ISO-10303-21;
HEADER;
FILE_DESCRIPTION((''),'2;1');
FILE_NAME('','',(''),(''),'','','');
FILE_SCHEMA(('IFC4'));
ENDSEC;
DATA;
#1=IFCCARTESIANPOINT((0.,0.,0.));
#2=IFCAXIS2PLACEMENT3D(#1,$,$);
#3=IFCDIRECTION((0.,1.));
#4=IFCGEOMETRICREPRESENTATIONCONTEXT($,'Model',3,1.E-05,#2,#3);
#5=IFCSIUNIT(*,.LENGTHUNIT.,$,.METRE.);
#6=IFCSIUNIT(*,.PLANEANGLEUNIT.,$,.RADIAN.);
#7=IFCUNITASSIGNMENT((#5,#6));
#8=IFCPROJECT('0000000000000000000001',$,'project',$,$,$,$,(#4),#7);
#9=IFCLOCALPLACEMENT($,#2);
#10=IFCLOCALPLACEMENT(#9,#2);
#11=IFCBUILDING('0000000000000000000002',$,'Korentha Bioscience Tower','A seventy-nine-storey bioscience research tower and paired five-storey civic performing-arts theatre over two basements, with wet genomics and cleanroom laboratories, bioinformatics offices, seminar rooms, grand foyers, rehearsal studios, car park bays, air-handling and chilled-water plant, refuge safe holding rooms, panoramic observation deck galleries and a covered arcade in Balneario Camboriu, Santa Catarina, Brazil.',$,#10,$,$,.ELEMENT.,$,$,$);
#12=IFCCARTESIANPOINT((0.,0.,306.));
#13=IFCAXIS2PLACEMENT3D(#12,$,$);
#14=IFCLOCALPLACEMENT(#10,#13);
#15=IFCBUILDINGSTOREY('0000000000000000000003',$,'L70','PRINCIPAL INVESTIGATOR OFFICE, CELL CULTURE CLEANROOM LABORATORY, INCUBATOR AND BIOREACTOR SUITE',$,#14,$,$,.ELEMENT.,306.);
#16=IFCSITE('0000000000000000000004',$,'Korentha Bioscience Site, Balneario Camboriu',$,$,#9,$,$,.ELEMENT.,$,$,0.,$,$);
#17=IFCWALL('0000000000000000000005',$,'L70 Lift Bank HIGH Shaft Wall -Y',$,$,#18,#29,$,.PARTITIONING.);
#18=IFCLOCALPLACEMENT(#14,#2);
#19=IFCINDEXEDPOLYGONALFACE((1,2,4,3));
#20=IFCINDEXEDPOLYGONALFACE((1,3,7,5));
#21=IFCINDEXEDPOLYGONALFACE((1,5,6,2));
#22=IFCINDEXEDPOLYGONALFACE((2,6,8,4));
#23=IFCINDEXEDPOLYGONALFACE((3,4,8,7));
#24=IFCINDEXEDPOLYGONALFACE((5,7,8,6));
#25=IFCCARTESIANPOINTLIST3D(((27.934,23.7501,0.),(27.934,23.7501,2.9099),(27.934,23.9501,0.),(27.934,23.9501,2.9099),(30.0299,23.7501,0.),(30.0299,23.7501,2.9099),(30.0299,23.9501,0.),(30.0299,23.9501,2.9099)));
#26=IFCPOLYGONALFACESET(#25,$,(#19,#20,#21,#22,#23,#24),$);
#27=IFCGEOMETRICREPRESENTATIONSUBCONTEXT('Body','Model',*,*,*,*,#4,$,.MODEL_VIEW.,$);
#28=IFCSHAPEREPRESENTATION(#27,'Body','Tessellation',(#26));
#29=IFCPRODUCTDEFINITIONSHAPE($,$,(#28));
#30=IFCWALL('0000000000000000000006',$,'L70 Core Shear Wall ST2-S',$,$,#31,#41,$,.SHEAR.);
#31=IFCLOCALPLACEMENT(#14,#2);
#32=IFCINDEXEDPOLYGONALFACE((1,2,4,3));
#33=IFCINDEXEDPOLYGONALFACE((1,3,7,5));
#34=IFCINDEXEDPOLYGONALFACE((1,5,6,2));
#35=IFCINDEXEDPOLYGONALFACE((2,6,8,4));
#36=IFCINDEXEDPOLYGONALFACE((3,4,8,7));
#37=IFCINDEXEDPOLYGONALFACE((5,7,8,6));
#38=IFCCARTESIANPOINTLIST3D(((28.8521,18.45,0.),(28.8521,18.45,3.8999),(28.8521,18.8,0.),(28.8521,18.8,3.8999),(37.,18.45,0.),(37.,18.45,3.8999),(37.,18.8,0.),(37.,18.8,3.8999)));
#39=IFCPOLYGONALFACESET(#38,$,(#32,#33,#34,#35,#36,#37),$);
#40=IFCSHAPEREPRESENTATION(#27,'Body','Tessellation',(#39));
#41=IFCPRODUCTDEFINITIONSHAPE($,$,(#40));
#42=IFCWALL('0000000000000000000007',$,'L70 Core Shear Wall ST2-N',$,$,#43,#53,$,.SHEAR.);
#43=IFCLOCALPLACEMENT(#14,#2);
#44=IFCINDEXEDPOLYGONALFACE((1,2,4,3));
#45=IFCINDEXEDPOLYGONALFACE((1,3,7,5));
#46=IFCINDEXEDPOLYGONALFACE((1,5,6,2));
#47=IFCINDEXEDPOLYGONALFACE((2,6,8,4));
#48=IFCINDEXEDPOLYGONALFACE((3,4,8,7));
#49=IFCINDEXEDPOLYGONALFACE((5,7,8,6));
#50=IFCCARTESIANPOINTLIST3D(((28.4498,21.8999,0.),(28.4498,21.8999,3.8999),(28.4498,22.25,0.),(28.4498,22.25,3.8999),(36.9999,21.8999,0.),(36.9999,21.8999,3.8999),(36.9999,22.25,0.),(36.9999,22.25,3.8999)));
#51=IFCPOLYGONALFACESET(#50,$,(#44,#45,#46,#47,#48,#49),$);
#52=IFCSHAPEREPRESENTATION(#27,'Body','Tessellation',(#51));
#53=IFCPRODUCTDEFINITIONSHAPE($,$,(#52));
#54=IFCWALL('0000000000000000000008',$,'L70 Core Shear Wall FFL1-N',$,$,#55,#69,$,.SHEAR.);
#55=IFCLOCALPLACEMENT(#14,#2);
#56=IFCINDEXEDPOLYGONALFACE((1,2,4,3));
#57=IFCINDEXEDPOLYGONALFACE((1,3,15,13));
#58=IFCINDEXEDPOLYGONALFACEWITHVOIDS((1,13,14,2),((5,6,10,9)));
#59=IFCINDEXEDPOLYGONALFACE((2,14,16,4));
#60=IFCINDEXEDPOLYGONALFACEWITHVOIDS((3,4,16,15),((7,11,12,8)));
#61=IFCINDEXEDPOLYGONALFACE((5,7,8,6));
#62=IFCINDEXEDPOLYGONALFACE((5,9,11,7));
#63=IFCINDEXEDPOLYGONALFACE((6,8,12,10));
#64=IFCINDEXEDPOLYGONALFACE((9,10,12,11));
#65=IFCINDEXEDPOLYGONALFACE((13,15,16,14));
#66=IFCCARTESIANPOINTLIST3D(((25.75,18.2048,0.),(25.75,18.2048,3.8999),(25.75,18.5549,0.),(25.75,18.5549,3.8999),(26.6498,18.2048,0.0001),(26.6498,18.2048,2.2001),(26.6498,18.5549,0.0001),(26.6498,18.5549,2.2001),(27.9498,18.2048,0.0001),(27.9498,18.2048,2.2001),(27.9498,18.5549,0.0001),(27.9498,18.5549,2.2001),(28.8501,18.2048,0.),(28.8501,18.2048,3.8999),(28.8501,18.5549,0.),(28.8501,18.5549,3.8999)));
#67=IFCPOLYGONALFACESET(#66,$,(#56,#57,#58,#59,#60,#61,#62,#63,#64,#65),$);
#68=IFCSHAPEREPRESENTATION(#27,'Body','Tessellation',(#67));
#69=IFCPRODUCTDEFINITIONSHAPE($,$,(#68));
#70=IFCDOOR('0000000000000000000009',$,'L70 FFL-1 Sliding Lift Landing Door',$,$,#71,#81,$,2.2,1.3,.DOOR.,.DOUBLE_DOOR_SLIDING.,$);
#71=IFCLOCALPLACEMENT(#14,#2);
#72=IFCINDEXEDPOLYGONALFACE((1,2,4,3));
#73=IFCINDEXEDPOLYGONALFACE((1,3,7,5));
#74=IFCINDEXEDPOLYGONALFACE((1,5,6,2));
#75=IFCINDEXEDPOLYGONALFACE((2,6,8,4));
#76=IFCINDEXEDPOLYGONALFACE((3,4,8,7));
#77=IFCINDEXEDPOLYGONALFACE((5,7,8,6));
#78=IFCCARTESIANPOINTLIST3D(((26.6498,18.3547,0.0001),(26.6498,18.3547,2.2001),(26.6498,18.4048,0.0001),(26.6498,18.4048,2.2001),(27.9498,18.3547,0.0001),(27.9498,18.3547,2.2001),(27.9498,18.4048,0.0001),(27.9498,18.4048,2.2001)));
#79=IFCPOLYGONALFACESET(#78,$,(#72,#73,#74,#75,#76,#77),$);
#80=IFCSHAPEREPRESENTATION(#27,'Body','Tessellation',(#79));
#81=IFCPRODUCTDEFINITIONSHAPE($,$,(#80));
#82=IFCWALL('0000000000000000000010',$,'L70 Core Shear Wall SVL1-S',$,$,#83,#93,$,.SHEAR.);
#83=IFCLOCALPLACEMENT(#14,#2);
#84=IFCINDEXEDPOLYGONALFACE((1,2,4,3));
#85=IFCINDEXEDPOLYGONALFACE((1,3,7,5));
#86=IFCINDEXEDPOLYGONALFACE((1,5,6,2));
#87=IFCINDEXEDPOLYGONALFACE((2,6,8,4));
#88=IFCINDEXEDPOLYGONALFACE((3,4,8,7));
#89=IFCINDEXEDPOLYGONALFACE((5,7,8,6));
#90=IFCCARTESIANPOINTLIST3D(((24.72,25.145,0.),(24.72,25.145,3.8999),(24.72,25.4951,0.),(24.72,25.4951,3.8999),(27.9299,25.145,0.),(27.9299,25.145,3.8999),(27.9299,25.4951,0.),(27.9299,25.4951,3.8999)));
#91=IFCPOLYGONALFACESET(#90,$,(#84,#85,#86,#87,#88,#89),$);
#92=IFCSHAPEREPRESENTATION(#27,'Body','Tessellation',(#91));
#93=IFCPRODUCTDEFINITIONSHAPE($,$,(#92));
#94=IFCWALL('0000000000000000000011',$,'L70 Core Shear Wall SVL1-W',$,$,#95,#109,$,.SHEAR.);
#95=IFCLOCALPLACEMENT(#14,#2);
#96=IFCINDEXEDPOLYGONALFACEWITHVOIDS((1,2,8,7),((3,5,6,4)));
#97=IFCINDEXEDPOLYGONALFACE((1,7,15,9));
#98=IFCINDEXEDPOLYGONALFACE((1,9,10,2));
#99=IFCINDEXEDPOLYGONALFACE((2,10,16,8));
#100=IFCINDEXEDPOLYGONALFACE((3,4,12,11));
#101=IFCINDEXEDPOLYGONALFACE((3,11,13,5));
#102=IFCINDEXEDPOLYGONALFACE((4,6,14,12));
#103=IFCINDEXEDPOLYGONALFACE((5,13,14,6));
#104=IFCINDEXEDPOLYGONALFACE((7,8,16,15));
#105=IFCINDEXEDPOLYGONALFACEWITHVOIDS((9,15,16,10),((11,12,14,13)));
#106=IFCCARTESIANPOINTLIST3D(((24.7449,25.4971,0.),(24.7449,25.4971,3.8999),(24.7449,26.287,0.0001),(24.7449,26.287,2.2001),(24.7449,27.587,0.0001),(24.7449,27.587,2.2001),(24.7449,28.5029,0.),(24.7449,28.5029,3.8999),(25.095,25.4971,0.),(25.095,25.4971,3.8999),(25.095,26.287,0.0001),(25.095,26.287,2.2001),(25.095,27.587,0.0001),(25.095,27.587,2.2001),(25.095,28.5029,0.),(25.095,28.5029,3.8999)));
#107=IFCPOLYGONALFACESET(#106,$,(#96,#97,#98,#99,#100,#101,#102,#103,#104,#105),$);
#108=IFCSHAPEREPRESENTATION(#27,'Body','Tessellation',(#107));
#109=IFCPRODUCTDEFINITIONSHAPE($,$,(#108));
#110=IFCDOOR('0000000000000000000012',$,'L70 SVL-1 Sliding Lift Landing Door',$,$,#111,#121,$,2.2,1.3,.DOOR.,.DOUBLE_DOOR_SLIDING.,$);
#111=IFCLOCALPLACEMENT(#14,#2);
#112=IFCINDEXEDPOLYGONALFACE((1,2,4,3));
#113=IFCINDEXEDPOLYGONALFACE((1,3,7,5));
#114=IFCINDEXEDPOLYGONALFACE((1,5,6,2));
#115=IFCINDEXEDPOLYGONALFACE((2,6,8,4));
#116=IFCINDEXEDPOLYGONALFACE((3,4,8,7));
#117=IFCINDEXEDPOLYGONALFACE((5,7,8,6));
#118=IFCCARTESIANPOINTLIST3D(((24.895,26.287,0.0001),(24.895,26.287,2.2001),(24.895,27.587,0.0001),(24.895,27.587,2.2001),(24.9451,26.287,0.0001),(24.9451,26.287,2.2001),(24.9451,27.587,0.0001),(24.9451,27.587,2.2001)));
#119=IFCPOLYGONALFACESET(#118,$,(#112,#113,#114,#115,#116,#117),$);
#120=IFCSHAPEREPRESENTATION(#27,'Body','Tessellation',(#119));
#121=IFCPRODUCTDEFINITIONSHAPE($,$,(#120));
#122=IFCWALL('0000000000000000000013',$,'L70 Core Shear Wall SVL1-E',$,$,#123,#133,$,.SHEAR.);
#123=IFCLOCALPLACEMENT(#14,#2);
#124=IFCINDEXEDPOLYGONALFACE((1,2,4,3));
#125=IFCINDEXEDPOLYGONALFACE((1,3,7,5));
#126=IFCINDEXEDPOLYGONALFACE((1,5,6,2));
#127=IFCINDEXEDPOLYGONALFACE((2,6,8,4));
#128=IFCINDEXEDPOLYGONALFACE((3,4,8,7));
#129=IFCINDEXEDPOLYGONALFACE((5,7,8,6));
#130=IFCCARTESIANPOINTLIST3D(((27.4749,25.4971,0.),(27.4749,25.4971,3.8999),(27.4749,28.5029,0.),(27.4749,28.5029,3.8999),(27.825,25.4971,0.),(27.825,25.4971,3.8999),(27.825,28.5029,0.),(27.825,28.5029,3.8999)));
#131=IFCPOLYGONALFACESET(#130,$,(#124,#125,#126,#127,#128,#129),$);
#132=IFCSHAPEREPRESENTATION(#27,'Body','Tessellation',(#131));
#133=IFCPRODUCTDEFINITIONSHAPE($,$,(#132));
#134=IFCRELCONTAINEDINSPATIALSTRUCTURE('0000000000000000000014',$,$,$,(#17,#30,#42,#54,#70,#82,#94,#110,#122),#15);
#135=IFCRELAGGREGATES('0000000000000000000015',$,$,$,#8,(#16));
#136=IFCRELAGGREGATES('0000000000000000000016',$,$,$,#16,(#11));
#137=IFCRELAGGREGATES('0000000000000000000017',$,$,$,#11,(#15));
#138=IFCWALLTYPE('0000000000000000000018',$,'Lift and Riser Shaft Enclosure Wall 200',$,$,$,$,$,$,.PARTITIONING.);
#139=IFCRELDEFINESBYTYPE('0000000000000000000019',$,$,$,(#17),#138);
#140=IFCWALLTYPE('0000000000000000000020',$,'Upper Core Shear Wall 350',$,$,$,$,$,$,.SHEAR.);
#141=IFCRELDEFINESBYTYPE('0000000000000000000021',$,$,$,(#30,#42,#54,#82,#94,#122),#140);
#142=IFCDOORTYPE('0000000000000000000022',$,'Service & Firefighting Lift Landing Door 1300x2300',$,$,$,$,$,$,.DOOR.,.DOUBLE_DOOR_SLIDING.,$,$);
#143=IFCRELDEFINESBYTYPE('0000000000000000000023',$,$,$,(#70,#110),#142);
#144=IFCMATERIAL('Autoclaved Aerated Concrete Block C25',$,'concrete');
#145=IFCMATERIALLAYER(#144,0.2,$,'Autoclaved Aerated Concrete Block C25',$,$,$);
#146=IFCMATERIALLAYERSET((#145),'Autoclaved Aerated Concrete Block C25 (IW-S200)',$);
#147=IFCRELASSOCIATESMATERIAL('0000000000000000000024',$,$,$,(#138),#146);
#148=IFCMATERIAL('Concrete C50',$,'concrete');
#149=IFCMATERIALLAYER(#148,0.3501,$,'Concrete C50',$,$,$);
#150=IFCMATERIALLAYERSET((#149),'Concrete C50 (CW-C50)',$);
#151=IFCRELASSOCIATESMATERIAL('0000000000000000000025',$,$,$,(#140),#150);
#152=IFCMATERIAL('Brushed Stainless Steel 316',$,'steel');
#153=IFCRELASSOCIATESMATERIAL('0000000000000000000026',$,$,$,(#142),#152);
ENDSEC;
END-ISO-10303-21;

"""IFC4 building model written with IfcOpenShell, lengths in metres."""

from ifc_helpers import new_model, si_unit, direction, frame, frame_2d, origin, place, context, subcontext, project, spatial, rectangle, extrude, material, layer, layer_set, type_object, element, fill, save


model = new_model("IFC4")

# Units and contexts
model_context = context("Model", 3, precision=1e-05, world=origin(), true_north=direction((0.0, 1.0)))
body_context = subcontext(model_context, "Body", "Model", "MODEL_VIEW")
ifc_project = project(units=[si_unit("LENGTHUNIT", "METRE"), si_unit("PLANEANGLEUNIT", "RADIAN")], contexts=[model_context])

# Site, building, storey
site_placement = place(None, origin())
site = spatial("IfcSite", under=ifc_project, at=site_placement, Name="Korentha Bioscience Site, Balneario Camboriu", CompositionType="ELEMENT", RefElevation=0.0)
building_placement = place(site_placement, origin())
building = spatial("IfcBuilding", under=site, at=building_placement, Name="Korentha Bioscience Tower", Description="A seventy-nine-storey bioscience research tower and paired five-storey civic performing-arts theatre over two basements, with wet genomics and cleanroom laboratories, bioinformatics offices, seminar rooms, grand foyers, rehearsal studios, car park bays, air-handling and chilled-water plant, refuge safe holding rooms, panoramic observation deck galleries and a covered arcade in Balneario Camboriu, Santa Catarina, Brazil.", CompositionType="ELEMENT")
storey_placement = place(building_placement, frame((0.0, 0.0, 306.0)))
storey = spatial("IfcBuildingStorey", under=building, at=storey_placement, Name="L70", Description="PRINCIPAL INVESTIGATOR OFFICE, CELL CULTURE CLEANROOM LABORATORY, INCUBATOR AND BIOREACTOR SUITE", CompositionType="ELEMENT", Elevation=306.0)

# Walls
ifc_material_1 = material(Name="Autoclaved Aerated Concrete Block C25", Category="concrete")
ifc_layer_1 = layer(ifc_material_1, 0.2, Name="Autoclaved Aerated Concrete Block C25")
ifc_layer_set_1 = layer_set([ifc_layer_1], Name="Autoclaved Aerated Concrete Block C25 (IW-S200)")
wall_type_1 = type_object("IfcWallType", Name="Lift and Riser Shaft Enclosure Wall 200", PredefinedType="PARTITIONING", material=ifc_layer_set_1)
wall_1_placement = place(storey_placement, frame((27.9341, 23.8501, 0.0), z_axis=(0.0, 0.0, 1.0), x_axis=(1.0, 0.0, 0.0)))
element("IfcWall", 1, at=wall_1_placement, inside=storey, type_object=wall_type_1, Name="L70 Lift Bank HIGH Shaft Wall -Y", PredefinedType="PARTITIONING", context=body_context, shape_type="SweptSolid", body=[
    extrude(rectangle(XDim=2.0959, YDim=0.2, at=frame_2d((1.0479, 0.0))), origin(), (0.0, 0.0, 1.0), 2.9099),
])
ifc_material_2 = material(Name="Concrete C50", Category="concrete")
ifc_layer_2 = layer(ifc_material_2, 0.3501, Name="Concrete C50")
ifc_layer_set_2 = layer_set([ifc_layer_2], Name="Concrete C50 (CW-C50)")
wall_type_2 = type_object("IfcWallType", Name="Upper Core Shear Wall 350", PredefinedType="SHEAR", material=ifc_layer_set_2)
wall_2_placement = place(storey_placement, frame((28.8521, 18.625, 0.0), z_axis=(0.0, 0.0, 1.0), x_axis=(1.0, 0.0, 0.0)))
element("IfcWall", 2, at=wall_2_placement, inside=storey, type_object=wall_type_2, Name="L70 Core Shear Wall ST2-S", PredefinedType="SHEAR", context=body_context, shape_type="SweptSolid", body=[
    extrude(rectangle(XDim=8.1479, YDim=0.3501, at=frame_2d((4.074, 0.0))), origin(), (0.0, 0.0, 1.0), 3.8999),
])
wall_3_placement = place(storey_placement, frame((28.45, 22.075, 0.0), z_axis=(0.0, 0.0, 1.0), x_axis=(1.0, 0.0, 0.0)))
element("IfcWall", 3, at=wall_3_placement, inside=storey, type_object=wall_type_2, Name="L70 Core Shear Wall ST2-N", PredefinedType="SHEAR", context=body_context, shape_type="SweptSolid", body=[
    extrude(rectangle(XDim=8.55, YDim=0.3501, at=frame_2d((4.2749, 0.0))), origin(), (0.0, 0.0, 1.0), 3.8999),
])

# Wall, opening, door
wall_4_placement = place(storey_placement, frame((25.75, 18.3799, 0.0), z_axis=(0.0, 0.0, 1.0), x_axis=(1.0, 0.0, 0.0)))
wall_4 = element("IfcWall", 4, at=wall_4_placement, inside=storey, type_object=wall_type_2, Name="L70 Core Shear Wall FFL1-N", PredefinedType="SHEAR", context=body_context, shape_type="SweptSolid", body=[
    extrude(rectangle(XDim=3.1001, YDim=0.3501, at=frame_2d((1.55, 0.0))), origin(), (0.0, 0.0, 1.0), 3.8999),
])
opening_1_placement = place(wall_4_placement, frame((0.8999, 0.0, 0.0)))
opening_1 = element("IfcOpeningElement", 5, at=opening_1_placement, cuts=wall_4, PredefinedType="OPENING", context=body_context, shape_type="SweptSolid", body=[
    extrude(rectangle(XDim=1.3, YDim=2.2, at=frame_2d((0.6499, 1.1001))), frame((0.0, 0.1899, 0.0), z_axis=(0.0, -1.0, 0.0), x_axis=(1.0, 0.0, 0.0)), (0.0, 0.0, 1.0), 0.3799),
])
ifc_material_3 = material(Name="Brushed Stainless Steel 316", Category="steel")
door_type_1 = type_object("IfcDoorType", Name="Service & Firefighting Lift Landing Door 1300x2300", OperationType="DOUBLE_DOOR_SLIDING", PredefinedType="DOOR", material=ifc_material_3)
door_1_placement = place(opening_1_placement, origin())
door_1 = element("IfcDoor", 6, at=door_1_placement, inside=storey, type_object=door_type_1, Name="L70 FFL-1 Sliding Lift Landing Door", OperationType="DOUBLE_DOOR_SLIDING", OverallHeight=2.2, OverallWidth=1.3, PredefinedType="DOOR", context=body_context, shape_type="SweptSolid", body=[
    extrude(rectangle(XDim=1.3, YDim=2.2, at=frame_2d((0.6499, 1.1001))), frame((0.0, 0.0249, 0.0), z_axis=(0.0, -1.0, 0.0), x_axis=(1.0, 0.0, 0.0)), (0.0, 0.0, 1.0), 0.05),
])
fill(opening_1, door_1)

# Wall
wall_5_placement = place(storey_placement, frame((24.72, 25.3201, 0.0), z_axis=(0.0, 0.0, 1.0), x_axis=(1.0, 0.0, 0.0)))
element("IfcWall", 7, at=wall_5_placement, inside=storey, type_object=wall_type_2, Name="L70 Core Shear Wall SVL1-S", PredefinedType="SHEAR", context=body_context, shape_type="SweptSolid", body=[
    extrude(rectangle(XDim=3.21, YDim=0.3501, at=frame_2d((1.605, 0.0))), origin(), (0.0, 0.0, 1.0), 3.8999),
])

# Wall, opening, door
wall_6_placement = place(storey_placement, frame((24.9199, 25.4971, 0.0), z_axis=(0.0, 0.0, 1.0), x_axis=(0.0, 1.0, 0.0)))
wall_6 = element("IfcWall", 8, at=wall_6_placement, inside=storey, type_object=wall_type_2, Name="L70 Core Shear Wall SVL1-W", PredefinedType="SHEAR", context=body_context, shape_type="SweptSolid", body=[
    extrude(rectangle(XDim=3.0059, YDim=0.3501, at=frame_2d((1.5029, 0.0))), origin(), (0.0, 0.0, 1.0), 3.8999),
])
opening_2_placement = place(wall_6_placement, frame((0.79, 0.0, 0.0)))
opening_2 = element("IfcOpeningElement", 9, at=opening_2_placement, cuts=wall_6, PredefinedType="OPENING", context=body_context, shape_type="SweptSolid", body=[
    extrude(rectangle(XDim=1.3, YDim=2.2, at=frame_2d((0.6499, 1.1001))), frame((0.0, 0.1899, 0.0), z_axis=(0.0, -1.0, 0.0), x_axis=(1.0, 0.0, 0.0)), (0.0, 0.0, 1.0), 0.3799),
])
door_2_placement = place(opening_2_placement, origin())
door_2 = element("IfcDoor", 10, at=door_2_placement, inside=storey, type_object=door_type_1, Name="L70 SVL-1 Sliding Lift Landing Door", OperationType="DOUBLE_DOOR_SLIDING", OverallHeight=2.2, OverallWidth=1.3, PredefinedType="DOOR", context=body_context, shape_type="SweptSolid", body=[
    extrude(rectangle(XDim=1.3, YDim=2.2, at=frame_2d((0.6499, 1.1001))), frame((0.0, 0.0249, 0.0), z_axis=(0.0, -1.0, 0.0), x_axis=(1.0, 0.0, 0.0)), (0.0, 0.0, 1.0), 0.05),
])
fill(opening_2, door_2)

# Wall
wall_7_placement = place(storey_placement, frame((27.6499, 25.4971, 0.0), z_axis=(0.0, 0.0, 1.0), x_axis=(0.0, 1.0, 0.0)))
element("IfcWall", 11, at=wall_7_placement, inside=storey, type_object=wall_type_2, Name="L70 Core Shear Wall SVL1-E", PredefinedType="SHEAR", context=body_context, shape_type="SweptSolid", body=[
    extrude(rectangle(XDim=3.0059, YDim=0.3501, at=frame_2d((1.5029, 0.0))), origin(), (0.0, 0.0, 1.0), 3.8999),
])

save(model, "model.ifc")
